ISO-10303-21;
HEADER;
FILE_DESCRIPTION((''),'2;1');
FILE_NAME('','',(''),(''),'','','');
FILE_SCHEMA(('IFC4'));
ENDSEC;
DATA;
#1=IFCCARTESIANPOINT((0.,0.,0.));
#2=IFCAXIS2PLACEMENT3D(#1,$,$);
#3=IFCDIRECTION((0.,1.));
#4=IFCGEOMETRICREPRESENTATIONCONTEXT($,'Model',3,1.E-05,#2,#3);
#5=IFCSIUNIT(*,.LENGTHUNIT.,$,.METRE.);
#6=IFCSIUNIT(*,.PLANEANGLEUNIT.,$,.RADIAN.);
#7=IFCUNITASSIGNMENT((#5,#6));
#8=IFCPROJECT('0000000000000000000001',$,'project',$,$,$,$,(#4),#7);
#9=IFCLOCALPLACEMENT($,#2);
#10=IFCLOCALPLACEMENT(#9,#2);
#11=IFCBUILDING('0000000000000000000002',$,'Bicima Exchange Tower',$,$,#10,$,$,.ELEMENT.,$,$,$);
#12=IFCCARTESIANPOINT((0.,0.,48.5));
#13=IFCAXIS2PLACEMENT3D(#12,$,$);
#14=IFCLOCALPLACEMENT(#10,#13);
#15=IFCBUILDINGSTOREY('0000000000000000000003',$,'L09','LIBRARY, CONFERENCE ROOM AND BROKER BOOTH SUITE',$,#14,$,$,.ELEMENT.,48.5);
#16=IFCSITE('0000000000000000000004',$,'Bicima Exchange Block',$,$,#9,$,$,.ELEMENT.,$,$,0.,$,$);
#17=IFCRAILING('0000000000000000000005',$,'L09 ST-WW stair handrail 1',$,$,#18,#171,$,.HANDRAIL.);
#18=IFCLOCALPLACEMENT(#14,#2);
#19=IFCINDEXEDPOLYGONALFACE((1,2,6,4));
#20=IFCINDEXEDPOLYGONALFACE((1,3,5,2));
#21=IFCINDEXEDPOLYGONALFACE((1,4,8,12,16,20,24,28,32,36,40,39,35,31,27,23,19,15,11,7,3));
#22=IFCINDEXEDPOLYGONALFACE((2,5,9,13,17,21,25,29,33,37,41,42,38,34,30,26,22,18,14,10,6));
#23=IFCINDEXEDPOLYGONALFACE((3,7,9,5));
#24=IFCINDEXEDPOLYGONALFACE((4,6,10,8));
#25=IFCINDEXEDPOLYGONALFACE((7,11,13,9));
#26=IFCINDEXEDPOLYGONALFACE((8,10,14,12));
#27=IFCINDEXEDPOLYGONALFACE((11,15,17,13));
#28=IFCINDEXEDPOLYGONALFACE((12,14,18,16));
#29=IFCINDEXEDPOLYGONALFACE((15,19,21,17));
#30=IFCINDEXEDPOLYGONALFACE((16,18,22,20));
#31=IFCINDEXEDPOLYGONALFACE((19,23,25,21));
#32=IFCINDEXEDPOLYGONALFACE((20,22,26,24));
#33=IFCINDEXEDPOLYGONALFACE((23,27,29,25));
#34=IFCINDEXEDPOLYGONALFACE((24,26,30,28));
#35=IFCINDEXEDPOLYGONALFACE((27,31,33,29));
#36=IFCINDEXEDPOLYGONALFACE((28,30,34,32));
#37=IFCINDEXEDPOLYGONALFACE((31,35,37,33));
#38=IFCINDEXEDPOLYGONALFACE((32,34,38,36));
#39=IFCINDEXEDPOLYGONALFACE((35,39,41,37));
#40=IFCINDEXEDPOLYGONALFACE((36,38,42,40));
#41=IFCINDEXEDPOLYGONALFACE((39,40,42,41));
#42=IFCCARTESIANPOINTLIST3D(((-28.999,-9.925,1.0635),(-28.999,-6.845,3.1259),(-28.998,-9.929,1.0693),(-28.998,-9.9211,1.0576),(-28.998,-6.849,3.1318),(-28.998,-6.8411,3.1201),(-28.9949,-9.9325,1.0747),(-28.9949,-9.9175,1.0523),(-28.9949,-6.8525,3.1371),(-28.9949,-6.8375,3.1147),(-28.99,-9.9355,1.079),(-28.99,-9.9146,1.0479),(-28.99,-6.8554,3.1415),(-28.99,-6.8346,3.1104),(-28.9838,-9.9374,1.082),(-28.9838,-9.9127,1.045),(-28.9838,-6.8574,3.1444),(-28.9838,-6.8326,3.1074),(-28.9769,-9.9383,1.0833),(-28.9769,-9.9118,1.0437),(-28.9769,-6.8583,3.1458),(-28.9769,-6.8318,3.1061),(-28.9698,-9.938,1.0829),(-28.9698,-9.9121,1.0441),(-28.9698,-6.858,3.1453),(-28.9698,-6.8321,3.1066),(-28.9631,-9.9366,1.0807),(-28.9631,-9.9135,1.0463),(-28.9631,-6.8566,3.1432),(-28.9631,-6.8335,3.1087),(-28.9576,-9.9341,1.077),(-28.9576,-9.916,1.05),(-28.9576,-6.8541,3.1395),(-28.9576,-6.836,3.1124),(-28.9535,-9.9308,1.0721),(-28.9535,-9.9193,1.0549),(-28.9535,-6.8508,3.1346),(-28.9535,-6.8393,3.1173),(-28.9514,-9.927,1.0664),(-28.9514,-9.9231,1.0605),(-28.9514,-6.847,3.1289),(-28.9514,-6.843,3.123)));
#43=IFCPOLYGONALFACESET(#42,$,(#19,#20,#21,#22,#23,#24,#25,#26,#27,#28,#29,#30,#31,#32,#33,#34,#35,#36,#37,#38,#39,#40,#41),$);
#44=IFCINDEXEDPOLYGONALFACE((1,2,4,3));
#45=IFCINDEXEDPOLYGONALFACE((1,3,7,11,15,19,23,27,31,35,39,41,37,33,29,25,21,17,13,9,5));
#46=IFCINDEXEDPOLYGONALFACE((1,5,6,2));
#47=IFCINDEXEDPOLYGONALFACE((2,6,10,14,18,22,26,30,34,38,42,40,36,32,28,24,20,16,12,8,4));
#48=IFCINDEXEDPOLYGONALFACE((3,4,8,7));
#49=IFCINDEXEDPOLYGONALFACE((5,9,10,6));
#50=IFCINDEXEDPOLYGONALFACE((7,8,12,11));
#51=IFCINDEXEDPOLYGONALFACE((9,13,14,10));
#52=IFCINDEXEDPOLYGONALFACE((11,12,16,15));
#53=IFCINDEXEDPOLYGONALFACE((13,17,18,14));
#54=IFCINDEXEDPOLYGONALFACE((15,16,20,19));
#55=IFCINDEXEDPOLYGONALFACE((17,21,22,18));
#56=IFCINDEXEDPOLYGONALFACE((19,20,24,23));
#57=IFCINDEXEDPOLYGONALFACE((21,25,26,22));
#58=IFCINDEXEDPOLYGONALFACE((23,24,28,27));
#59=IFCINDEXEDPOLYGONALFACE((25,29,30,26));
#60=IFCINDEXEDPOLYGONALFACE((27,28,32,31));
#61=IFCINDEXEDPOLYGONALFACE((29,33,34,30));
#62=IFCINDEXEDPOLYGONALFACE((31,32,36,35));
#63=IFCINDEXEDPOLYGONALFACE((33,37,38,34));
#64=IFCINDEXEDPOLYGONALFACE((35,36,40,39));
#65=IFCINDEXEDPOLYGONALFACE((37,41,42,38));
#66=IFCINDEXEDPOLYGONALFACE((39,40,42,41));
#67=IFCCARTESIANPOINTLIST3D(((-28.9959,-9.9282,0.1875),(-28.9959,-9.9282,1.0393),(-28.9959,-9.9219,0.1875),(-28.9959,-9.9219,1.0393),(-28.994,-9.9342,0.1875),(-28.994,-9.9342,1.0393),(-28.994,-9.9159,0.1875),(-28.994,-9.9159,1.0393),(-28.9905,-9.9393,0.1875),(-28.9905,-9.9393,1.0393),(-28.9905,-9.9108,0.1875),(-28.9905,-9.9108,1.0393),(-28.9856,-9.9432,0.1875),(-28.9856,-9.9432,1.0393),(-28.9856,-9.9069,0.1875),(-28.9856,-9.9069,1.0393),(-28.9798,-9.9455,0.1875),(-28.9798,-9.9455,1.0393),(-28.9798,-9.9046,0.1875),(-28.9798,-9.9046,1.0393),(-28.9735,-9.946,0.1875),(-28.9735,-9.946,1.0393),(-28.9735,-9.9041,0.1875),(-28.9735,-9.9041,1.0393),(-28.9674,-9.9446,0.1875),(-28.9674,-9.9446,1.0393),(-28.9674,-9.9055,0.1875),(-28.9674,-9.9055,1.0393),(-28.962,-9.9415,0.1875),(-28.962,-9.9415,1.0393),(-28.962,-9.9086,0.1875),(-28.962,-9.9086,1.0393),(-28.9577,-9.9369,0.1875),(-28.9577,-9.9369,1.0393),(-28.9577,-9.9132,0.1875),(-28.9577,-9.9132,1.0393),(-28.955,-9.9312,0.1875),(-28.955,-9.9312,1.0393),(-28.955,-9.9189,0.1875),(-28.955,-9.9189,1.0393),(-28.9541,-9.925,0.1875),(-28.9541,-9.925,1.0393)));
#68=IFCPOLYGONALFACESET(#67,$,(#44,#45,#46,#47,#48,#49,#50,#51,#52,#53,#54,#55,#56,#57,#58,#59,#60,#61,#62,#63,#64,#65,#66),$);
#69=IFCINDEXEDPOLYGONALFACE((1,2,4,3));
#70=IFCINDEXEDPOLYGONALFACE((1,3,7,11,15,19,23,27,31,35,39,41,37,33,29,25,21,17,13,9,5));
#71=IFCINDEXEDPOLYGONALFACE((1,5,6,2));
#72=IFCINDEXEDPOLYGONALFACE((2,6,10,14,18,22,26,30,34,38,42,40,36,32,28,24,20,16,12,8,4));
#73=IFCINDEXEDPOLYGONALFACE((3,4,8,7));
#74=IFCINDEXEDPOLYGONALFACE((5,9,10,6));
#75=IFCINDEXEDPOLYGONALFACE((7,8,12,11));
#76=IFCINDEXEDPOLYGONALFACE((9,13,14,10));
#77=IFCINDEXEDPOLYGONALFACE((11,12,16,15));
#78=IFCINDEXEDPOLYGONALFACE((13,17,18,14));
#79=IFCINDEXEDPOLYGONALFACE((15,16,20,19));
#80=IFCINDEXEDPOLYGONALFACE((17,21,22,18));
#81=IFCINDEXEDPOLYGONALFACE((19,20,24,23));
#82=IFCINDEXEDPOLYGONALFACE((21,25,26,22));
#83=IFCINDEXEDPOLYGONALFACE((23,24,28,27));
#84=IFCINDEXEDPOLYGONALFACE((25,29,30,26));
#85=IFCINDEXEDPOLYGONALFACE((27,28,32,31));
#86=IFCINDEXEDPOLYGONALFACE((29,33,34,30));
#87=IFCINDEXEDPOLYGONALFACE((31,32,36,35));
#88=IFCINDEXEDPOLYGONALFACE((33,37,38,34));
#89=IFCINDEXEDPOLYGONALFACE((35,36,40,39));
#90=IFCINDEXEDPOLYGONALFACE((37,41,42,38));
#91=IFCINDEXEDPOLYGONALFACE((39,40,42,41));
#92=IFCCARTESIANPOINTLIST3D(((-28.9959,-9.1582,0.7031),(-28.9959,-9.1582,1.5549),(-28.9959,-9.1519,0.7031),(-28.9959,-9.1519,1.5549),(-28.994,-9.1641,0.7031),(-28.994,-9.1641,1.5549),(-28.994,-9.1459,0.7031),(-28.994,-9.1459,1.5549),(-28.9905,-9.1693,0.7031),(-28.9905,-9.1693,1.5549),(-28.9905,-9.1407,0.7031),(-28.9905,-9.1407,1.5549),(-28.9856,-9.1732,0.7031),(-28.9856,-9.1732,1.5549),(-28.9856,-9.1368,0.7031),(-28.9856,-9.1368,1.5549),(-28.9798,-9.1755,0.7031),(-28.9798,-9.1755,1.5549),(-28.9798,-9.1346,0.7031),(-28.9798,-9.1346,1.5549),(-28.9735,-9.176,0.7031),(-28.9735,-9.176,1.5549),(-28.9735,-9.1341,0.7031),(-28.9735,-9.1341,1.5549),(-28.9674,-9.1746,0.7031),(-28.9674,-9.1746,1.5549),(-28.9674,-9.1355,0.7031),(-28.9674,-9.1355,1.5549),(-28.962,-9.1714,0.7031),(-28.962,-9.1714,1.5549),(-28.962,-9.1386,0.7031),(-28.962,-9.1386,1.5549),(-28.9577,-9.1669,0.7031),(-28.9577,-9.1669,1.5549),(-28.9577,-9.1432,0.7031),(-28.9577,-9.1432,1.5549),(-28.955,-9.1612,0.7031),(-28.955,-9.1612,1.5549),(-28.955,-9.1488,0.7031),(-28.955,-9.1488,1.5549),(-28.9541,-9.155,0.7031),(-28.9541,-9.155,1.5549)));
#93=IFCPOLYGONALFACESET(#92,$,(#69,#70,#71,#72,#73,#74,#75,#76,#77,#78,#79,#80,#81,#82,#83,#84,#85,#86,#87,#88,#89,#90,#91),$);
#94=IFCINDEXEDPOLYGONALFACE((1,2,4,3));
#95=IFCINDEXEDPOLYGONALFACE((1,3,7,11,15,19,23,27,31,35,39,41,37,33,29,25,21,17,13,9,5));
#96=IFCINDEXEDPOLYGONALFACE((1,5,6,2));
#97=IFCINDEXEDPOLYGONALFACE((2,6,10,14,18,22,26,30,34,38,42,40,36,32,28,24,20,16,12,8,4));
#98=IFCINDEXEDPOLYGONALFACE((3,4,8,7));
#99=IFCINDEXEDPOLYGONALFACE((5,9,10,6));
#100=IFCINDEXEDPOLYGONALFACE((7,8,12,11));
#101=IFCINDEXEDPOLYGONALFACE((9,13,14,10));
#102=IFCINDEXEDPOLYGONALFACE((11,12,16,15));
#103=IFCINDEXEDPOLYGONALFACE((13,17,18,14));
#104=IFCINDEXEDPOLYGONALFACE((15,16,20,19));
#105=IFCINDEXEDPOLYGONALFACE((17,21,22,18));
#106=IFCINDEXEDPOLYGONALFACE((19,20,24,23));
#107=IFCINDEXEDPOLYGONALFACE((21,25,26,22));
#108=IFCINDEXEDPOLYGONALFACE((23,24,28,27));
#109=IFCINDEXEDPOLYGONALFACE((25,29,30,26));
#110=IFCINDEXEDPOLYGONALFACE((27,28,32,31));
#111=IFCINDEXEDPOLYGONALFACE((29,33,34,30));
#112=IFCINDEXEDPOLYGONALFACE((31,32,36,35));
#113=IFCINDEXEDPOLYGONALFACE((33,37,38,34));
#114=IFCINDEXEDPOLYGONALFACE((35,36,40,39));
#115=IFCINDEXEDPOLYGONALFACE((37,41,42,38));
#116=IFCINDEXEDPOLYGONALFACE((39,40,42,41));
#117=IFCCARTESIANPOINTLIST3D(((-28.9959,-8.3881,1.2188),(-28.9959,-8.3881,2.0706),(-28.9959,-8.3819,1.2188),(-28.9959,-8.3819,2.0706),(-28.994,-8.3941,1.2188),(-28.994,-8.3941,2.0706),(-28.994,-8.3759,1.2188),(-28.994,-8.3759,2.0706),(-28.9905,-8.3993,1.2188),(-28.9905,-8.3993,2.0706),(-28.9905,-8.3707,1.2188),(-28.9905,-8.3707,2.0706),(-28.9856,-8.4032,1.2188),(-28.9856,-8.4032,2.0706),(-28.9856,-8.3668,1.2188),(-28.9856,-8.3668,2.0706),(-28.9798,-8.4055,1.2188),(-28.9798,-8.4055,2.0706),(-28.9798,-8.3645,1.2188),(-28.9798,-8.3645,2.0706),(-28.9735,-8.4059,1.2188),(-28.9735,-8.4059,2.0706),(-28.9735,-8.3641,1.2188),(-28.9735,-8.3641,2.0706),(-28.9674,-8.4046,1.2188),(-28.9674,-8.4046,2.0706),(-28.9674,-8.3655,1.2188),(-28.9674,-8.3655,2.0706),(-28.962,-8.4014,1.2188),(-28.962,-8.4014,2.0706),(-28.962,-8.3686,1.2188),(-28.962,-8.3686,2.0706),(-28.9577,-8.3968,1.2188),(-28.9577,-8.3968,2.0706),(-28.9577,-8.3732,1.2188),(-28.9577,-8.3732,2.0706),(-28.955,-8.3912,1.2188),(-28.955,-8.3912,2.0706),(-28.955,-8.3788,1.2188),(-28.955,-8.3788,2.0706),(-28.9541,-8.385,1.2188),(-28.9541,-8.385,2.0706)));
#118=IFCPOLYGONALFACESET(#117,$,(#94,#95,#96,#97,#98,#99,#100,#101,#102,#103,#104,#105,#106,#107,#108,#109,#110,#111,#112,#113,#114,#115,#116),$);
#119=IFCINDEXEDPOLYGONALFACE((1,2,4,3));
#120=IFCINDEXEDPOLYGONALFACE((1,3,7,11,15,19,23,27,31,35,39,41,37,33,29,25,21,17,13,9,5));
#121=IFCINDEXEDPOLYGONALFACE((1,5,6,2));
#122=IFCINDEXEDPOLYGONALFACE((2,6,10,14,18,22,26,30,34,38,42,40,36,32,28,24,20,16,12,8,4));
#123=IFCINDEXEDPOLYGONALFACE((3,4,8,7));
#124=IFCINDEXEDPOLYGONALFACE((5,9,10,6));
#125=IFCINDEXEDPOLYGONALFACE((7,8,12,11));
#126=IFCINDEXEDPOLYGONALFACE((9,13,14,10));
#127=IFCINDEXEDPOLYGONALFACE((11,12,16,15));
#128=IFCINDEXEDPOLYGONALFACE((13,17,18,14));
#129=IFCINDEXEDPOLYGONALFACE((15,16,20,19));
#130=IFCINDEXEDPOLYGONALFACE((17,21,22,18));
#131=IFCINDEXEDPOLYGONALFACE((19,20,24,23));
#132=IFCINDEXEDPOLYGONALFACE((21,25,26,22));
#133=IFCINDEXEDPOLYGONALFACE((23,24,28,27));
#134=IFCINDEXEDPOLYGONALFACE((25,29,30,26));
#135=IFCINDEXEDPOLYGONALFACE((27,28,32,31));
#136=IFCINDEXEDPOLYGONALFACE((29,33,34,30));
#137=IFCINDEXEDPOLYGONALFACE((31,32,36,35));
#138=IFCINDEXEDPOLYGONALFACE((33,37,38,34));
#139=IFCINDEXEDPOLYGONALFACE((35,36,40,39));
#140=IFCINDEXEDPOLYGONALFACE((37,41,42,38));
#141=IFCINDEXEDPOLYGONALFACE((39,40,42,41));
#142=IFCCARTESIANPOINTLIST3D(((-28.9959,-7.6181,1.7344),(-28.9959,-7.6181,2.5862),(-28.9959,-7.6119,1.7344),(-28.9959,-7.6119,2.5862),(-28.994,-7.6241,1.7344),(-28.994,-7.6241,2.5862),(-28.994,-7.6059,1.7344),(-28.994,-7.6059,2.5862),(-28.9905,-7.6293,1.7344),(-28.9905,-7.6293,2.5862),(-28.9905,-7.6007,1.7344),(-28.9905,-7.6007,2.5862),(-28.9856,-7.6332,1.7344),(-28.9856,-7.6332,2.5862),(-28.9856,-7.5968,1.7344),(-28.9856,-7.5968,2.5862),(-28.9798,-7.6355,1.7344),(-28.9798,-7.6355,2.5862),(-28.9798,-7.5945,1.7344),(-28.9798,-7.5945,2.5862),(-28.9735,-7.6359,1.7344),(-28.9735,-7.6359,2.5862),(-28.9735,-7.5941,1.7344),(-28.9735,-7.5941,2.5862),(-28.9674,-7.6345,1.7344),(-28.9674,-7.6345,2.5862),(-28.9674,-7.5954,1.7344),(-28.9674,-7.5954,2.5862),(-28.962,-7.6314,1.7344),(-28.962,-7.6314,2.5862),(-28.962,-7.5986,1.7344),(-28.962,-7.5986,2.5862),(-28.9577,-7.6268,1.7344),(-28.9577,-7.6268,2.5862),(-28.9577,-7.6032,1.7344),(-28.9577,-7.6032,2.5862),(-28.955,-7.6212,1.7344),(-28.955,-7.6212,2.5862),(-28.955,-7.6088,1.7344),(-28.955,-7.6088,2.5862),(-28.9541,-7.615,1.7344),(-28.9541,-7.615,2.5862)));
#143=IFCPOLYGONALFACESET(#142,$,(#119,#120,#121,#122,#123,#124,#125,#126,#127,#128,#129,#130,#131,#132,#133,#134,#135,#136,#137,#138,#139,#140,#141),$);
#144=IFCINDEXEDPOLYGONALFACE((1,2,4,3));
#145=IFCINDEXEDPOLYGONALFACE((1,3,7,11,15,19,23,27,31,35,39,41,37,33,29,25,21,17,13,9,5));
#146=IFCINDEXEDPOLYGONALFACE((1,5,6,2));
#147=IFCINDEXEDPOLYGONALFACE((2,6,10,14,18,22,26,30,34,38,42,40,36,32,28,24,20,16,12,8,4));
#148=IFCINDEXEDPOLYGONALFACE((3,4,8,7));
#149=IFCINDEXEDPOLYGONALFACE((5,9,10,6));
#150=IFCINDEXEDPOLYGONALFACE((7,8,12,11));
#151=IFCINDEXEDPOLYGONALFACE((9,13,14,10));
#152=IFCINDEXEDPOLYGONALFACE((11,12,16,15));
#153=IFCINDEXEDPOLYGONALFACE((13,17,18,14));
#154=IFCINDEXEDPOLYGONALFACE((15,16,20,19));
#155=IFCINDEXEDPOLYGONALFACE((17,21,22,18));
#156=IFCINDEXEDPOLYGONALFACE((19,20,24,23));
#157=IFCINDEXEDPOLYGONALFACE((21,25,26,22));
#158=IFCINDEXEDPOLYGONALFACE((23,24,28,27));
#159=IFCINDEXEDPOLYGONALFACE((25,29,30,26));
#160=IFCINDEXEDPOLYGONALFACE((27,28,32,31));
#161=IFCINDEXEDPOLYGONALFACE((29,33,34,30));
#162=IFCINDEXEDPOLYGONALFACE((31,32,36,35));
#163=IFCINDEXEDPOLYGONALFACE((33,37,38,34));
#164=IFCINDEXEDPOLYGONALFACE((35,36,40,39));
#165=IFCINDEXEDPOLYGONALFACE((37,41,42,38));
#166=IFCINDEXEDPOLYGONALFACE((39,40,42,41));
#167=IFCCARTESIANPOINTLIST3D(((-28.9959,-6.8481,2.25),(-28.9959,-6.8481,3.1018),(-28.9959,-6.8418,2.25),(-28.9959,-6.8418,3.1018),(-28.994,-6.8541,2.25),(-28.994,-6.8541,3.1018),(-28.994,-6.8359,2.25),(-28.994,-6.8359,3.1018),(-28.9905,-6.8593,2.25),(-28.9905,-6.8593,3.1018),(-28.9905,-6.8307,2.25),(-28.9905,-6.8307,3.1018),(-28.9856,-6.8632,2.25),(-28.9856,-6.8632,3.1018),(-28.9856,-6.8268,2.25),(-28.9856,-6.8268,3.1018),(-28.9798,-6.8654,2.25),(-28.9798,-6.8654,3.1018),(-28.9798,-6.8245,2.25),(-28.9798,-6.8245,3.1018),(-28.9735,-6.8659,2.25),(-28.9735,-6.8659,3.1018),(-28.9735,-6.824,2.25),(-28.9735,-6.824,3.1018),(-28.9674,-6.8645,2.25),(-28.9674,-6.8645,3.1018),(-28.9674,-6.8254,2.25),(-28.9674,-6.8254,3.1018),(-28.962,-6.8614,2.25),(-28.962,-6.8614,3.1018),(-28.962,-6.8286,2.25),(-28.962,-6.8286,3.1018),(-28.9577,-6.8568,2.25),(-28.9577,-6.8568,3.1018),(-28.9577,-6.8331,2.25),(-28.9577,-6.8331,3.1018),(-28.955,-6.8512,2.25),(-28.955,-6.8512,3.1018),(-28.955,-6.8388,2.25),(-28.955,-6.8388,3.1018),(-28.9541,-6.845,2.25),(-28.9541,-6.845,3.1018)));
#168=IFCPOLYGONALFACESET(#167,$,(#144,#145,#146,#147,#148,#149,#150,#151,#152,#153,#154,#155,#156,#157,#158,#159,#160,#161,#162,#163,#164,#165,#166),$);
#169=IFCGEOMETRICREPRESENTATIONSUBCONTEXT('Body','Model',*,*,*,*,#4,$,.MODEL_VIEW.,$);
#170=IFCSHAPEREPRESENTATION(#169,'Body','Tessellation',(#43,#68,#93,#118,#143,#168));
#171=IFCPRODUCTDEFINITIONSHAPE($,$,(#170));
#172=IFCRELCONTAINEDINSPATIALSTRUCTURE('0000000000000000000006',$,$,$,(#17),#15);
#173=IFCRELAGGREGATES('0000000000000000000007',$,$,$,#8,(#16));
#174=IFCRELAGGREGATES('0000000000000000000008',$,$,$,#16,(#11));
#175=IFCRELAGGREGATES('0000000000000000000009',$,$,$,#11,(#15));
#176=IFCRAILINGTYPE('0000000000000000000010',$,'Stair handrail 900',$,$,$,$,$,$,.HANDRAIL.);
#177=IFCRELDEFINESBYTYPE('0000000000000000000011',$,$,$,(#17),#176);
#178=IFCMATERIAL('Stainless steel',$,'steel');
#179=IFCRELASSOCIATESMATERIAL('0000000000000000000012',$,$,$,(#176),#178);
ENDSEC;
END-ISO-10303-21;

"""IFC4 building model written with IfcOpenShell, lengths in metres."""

from ifc_helpers import new_model, si_unit, direction, frame, origin, origin_2d, place, context, subcontext, project, spatial, circle, extrude, material, type_object, element, save


model = new_model("IFC4")

# Units and contexts
model_context = context("Model", 3, precision=1e-05, world=origin(), true_north=direction((0.0, 1.0)))
body_context = subcontext(model_context, "Body", "Model", "MODEL_VIEW")
ifc_project = project(units=[si_unit("LENGTHUNIT", "METRE"), si_unit("PLANEANGLEUNIT", "RADIAN")], contexts=[model_context])

# Site, building, storey
site_placement = place(None, origin())
site = spatial("IfcSite", under=ifc_project, at=site_placement, Name="Bicima Exchange Block", CompositionType="ELEMENT", RefElevation=0.0)
building_placement = place(site_placement, origin())
building = spatial("IfcBuilding", under=site, at=building_placement, Name="Bicima Exchange Tower", CompositionType="ELEMENT")
storey_placement = place(building_placement, frame((0.0, 0.0, 48.5)))
storey = spatial("IfcBuildingStorey", under=building, at=storey_placement, Name="L09", Description="LIBRARY, CONFERENCE ROOM AND BROKER BOOTH SUITE", CompositionType="ELEMENT", Elevation=48.5)

# Railing
ifc_material_1 = material(Name="Stainless steel", Category="steel")
railing_type = type_object("IfcRailingType", Name="Stair handrail 900", PredefinedType="HANDRAIL", material=ifc_material_1)
railing_placement = place(storey_placement, frame((-28.9751, -9.925, 0.1875)))
element("IfcRailing", 1, at=railing_placement, inside=storey, type_object=railing_type, Name="L09 ST-WW stair handrail 1", PredefinedType="HANDRAIL", context=body_context, shape_type="SweptSolid", body=[
    extrude(circle(Radius=0.0239, at=origin_2d()), frame((0.0, 0.0, 0.876), z_axis=(0.0, 0.830914, 0.556401), x_axis=(-1.0, 0.0, 0.0)), (0.0, 0.0, 1.0), 3.7068),
    extrude(circle(Radius=0.021, at=origin_2d()), origin(), (0.0, 0.0, 1.0), 0.8518),
    extrude(circle(Radius=0.021, at=origin_2d()), frame((0.0, 0.77, 0.5156)), (0.0, 0.0, 1.0), 0.8518),
    extrude(circle(Radius=0.021, at=origin_2d()), frame((0.0, 1.54, 1.0312)), (0.0, 0.0, 1.0), 0.8518),
    extrude(circle(Radius=0.021, at=origin_2d()), frame((0.0, 2.3101, 1.5469)), (0.0, 0.0, 1.0), 0.8518),
    extrude(circle(Radius=0.021, at=origin_2d()), frame((0.0, 3.0801, 2.0625)), (0.0, 0.0, 1.0), 0.8518),
])

save(model, "model.ifc")
